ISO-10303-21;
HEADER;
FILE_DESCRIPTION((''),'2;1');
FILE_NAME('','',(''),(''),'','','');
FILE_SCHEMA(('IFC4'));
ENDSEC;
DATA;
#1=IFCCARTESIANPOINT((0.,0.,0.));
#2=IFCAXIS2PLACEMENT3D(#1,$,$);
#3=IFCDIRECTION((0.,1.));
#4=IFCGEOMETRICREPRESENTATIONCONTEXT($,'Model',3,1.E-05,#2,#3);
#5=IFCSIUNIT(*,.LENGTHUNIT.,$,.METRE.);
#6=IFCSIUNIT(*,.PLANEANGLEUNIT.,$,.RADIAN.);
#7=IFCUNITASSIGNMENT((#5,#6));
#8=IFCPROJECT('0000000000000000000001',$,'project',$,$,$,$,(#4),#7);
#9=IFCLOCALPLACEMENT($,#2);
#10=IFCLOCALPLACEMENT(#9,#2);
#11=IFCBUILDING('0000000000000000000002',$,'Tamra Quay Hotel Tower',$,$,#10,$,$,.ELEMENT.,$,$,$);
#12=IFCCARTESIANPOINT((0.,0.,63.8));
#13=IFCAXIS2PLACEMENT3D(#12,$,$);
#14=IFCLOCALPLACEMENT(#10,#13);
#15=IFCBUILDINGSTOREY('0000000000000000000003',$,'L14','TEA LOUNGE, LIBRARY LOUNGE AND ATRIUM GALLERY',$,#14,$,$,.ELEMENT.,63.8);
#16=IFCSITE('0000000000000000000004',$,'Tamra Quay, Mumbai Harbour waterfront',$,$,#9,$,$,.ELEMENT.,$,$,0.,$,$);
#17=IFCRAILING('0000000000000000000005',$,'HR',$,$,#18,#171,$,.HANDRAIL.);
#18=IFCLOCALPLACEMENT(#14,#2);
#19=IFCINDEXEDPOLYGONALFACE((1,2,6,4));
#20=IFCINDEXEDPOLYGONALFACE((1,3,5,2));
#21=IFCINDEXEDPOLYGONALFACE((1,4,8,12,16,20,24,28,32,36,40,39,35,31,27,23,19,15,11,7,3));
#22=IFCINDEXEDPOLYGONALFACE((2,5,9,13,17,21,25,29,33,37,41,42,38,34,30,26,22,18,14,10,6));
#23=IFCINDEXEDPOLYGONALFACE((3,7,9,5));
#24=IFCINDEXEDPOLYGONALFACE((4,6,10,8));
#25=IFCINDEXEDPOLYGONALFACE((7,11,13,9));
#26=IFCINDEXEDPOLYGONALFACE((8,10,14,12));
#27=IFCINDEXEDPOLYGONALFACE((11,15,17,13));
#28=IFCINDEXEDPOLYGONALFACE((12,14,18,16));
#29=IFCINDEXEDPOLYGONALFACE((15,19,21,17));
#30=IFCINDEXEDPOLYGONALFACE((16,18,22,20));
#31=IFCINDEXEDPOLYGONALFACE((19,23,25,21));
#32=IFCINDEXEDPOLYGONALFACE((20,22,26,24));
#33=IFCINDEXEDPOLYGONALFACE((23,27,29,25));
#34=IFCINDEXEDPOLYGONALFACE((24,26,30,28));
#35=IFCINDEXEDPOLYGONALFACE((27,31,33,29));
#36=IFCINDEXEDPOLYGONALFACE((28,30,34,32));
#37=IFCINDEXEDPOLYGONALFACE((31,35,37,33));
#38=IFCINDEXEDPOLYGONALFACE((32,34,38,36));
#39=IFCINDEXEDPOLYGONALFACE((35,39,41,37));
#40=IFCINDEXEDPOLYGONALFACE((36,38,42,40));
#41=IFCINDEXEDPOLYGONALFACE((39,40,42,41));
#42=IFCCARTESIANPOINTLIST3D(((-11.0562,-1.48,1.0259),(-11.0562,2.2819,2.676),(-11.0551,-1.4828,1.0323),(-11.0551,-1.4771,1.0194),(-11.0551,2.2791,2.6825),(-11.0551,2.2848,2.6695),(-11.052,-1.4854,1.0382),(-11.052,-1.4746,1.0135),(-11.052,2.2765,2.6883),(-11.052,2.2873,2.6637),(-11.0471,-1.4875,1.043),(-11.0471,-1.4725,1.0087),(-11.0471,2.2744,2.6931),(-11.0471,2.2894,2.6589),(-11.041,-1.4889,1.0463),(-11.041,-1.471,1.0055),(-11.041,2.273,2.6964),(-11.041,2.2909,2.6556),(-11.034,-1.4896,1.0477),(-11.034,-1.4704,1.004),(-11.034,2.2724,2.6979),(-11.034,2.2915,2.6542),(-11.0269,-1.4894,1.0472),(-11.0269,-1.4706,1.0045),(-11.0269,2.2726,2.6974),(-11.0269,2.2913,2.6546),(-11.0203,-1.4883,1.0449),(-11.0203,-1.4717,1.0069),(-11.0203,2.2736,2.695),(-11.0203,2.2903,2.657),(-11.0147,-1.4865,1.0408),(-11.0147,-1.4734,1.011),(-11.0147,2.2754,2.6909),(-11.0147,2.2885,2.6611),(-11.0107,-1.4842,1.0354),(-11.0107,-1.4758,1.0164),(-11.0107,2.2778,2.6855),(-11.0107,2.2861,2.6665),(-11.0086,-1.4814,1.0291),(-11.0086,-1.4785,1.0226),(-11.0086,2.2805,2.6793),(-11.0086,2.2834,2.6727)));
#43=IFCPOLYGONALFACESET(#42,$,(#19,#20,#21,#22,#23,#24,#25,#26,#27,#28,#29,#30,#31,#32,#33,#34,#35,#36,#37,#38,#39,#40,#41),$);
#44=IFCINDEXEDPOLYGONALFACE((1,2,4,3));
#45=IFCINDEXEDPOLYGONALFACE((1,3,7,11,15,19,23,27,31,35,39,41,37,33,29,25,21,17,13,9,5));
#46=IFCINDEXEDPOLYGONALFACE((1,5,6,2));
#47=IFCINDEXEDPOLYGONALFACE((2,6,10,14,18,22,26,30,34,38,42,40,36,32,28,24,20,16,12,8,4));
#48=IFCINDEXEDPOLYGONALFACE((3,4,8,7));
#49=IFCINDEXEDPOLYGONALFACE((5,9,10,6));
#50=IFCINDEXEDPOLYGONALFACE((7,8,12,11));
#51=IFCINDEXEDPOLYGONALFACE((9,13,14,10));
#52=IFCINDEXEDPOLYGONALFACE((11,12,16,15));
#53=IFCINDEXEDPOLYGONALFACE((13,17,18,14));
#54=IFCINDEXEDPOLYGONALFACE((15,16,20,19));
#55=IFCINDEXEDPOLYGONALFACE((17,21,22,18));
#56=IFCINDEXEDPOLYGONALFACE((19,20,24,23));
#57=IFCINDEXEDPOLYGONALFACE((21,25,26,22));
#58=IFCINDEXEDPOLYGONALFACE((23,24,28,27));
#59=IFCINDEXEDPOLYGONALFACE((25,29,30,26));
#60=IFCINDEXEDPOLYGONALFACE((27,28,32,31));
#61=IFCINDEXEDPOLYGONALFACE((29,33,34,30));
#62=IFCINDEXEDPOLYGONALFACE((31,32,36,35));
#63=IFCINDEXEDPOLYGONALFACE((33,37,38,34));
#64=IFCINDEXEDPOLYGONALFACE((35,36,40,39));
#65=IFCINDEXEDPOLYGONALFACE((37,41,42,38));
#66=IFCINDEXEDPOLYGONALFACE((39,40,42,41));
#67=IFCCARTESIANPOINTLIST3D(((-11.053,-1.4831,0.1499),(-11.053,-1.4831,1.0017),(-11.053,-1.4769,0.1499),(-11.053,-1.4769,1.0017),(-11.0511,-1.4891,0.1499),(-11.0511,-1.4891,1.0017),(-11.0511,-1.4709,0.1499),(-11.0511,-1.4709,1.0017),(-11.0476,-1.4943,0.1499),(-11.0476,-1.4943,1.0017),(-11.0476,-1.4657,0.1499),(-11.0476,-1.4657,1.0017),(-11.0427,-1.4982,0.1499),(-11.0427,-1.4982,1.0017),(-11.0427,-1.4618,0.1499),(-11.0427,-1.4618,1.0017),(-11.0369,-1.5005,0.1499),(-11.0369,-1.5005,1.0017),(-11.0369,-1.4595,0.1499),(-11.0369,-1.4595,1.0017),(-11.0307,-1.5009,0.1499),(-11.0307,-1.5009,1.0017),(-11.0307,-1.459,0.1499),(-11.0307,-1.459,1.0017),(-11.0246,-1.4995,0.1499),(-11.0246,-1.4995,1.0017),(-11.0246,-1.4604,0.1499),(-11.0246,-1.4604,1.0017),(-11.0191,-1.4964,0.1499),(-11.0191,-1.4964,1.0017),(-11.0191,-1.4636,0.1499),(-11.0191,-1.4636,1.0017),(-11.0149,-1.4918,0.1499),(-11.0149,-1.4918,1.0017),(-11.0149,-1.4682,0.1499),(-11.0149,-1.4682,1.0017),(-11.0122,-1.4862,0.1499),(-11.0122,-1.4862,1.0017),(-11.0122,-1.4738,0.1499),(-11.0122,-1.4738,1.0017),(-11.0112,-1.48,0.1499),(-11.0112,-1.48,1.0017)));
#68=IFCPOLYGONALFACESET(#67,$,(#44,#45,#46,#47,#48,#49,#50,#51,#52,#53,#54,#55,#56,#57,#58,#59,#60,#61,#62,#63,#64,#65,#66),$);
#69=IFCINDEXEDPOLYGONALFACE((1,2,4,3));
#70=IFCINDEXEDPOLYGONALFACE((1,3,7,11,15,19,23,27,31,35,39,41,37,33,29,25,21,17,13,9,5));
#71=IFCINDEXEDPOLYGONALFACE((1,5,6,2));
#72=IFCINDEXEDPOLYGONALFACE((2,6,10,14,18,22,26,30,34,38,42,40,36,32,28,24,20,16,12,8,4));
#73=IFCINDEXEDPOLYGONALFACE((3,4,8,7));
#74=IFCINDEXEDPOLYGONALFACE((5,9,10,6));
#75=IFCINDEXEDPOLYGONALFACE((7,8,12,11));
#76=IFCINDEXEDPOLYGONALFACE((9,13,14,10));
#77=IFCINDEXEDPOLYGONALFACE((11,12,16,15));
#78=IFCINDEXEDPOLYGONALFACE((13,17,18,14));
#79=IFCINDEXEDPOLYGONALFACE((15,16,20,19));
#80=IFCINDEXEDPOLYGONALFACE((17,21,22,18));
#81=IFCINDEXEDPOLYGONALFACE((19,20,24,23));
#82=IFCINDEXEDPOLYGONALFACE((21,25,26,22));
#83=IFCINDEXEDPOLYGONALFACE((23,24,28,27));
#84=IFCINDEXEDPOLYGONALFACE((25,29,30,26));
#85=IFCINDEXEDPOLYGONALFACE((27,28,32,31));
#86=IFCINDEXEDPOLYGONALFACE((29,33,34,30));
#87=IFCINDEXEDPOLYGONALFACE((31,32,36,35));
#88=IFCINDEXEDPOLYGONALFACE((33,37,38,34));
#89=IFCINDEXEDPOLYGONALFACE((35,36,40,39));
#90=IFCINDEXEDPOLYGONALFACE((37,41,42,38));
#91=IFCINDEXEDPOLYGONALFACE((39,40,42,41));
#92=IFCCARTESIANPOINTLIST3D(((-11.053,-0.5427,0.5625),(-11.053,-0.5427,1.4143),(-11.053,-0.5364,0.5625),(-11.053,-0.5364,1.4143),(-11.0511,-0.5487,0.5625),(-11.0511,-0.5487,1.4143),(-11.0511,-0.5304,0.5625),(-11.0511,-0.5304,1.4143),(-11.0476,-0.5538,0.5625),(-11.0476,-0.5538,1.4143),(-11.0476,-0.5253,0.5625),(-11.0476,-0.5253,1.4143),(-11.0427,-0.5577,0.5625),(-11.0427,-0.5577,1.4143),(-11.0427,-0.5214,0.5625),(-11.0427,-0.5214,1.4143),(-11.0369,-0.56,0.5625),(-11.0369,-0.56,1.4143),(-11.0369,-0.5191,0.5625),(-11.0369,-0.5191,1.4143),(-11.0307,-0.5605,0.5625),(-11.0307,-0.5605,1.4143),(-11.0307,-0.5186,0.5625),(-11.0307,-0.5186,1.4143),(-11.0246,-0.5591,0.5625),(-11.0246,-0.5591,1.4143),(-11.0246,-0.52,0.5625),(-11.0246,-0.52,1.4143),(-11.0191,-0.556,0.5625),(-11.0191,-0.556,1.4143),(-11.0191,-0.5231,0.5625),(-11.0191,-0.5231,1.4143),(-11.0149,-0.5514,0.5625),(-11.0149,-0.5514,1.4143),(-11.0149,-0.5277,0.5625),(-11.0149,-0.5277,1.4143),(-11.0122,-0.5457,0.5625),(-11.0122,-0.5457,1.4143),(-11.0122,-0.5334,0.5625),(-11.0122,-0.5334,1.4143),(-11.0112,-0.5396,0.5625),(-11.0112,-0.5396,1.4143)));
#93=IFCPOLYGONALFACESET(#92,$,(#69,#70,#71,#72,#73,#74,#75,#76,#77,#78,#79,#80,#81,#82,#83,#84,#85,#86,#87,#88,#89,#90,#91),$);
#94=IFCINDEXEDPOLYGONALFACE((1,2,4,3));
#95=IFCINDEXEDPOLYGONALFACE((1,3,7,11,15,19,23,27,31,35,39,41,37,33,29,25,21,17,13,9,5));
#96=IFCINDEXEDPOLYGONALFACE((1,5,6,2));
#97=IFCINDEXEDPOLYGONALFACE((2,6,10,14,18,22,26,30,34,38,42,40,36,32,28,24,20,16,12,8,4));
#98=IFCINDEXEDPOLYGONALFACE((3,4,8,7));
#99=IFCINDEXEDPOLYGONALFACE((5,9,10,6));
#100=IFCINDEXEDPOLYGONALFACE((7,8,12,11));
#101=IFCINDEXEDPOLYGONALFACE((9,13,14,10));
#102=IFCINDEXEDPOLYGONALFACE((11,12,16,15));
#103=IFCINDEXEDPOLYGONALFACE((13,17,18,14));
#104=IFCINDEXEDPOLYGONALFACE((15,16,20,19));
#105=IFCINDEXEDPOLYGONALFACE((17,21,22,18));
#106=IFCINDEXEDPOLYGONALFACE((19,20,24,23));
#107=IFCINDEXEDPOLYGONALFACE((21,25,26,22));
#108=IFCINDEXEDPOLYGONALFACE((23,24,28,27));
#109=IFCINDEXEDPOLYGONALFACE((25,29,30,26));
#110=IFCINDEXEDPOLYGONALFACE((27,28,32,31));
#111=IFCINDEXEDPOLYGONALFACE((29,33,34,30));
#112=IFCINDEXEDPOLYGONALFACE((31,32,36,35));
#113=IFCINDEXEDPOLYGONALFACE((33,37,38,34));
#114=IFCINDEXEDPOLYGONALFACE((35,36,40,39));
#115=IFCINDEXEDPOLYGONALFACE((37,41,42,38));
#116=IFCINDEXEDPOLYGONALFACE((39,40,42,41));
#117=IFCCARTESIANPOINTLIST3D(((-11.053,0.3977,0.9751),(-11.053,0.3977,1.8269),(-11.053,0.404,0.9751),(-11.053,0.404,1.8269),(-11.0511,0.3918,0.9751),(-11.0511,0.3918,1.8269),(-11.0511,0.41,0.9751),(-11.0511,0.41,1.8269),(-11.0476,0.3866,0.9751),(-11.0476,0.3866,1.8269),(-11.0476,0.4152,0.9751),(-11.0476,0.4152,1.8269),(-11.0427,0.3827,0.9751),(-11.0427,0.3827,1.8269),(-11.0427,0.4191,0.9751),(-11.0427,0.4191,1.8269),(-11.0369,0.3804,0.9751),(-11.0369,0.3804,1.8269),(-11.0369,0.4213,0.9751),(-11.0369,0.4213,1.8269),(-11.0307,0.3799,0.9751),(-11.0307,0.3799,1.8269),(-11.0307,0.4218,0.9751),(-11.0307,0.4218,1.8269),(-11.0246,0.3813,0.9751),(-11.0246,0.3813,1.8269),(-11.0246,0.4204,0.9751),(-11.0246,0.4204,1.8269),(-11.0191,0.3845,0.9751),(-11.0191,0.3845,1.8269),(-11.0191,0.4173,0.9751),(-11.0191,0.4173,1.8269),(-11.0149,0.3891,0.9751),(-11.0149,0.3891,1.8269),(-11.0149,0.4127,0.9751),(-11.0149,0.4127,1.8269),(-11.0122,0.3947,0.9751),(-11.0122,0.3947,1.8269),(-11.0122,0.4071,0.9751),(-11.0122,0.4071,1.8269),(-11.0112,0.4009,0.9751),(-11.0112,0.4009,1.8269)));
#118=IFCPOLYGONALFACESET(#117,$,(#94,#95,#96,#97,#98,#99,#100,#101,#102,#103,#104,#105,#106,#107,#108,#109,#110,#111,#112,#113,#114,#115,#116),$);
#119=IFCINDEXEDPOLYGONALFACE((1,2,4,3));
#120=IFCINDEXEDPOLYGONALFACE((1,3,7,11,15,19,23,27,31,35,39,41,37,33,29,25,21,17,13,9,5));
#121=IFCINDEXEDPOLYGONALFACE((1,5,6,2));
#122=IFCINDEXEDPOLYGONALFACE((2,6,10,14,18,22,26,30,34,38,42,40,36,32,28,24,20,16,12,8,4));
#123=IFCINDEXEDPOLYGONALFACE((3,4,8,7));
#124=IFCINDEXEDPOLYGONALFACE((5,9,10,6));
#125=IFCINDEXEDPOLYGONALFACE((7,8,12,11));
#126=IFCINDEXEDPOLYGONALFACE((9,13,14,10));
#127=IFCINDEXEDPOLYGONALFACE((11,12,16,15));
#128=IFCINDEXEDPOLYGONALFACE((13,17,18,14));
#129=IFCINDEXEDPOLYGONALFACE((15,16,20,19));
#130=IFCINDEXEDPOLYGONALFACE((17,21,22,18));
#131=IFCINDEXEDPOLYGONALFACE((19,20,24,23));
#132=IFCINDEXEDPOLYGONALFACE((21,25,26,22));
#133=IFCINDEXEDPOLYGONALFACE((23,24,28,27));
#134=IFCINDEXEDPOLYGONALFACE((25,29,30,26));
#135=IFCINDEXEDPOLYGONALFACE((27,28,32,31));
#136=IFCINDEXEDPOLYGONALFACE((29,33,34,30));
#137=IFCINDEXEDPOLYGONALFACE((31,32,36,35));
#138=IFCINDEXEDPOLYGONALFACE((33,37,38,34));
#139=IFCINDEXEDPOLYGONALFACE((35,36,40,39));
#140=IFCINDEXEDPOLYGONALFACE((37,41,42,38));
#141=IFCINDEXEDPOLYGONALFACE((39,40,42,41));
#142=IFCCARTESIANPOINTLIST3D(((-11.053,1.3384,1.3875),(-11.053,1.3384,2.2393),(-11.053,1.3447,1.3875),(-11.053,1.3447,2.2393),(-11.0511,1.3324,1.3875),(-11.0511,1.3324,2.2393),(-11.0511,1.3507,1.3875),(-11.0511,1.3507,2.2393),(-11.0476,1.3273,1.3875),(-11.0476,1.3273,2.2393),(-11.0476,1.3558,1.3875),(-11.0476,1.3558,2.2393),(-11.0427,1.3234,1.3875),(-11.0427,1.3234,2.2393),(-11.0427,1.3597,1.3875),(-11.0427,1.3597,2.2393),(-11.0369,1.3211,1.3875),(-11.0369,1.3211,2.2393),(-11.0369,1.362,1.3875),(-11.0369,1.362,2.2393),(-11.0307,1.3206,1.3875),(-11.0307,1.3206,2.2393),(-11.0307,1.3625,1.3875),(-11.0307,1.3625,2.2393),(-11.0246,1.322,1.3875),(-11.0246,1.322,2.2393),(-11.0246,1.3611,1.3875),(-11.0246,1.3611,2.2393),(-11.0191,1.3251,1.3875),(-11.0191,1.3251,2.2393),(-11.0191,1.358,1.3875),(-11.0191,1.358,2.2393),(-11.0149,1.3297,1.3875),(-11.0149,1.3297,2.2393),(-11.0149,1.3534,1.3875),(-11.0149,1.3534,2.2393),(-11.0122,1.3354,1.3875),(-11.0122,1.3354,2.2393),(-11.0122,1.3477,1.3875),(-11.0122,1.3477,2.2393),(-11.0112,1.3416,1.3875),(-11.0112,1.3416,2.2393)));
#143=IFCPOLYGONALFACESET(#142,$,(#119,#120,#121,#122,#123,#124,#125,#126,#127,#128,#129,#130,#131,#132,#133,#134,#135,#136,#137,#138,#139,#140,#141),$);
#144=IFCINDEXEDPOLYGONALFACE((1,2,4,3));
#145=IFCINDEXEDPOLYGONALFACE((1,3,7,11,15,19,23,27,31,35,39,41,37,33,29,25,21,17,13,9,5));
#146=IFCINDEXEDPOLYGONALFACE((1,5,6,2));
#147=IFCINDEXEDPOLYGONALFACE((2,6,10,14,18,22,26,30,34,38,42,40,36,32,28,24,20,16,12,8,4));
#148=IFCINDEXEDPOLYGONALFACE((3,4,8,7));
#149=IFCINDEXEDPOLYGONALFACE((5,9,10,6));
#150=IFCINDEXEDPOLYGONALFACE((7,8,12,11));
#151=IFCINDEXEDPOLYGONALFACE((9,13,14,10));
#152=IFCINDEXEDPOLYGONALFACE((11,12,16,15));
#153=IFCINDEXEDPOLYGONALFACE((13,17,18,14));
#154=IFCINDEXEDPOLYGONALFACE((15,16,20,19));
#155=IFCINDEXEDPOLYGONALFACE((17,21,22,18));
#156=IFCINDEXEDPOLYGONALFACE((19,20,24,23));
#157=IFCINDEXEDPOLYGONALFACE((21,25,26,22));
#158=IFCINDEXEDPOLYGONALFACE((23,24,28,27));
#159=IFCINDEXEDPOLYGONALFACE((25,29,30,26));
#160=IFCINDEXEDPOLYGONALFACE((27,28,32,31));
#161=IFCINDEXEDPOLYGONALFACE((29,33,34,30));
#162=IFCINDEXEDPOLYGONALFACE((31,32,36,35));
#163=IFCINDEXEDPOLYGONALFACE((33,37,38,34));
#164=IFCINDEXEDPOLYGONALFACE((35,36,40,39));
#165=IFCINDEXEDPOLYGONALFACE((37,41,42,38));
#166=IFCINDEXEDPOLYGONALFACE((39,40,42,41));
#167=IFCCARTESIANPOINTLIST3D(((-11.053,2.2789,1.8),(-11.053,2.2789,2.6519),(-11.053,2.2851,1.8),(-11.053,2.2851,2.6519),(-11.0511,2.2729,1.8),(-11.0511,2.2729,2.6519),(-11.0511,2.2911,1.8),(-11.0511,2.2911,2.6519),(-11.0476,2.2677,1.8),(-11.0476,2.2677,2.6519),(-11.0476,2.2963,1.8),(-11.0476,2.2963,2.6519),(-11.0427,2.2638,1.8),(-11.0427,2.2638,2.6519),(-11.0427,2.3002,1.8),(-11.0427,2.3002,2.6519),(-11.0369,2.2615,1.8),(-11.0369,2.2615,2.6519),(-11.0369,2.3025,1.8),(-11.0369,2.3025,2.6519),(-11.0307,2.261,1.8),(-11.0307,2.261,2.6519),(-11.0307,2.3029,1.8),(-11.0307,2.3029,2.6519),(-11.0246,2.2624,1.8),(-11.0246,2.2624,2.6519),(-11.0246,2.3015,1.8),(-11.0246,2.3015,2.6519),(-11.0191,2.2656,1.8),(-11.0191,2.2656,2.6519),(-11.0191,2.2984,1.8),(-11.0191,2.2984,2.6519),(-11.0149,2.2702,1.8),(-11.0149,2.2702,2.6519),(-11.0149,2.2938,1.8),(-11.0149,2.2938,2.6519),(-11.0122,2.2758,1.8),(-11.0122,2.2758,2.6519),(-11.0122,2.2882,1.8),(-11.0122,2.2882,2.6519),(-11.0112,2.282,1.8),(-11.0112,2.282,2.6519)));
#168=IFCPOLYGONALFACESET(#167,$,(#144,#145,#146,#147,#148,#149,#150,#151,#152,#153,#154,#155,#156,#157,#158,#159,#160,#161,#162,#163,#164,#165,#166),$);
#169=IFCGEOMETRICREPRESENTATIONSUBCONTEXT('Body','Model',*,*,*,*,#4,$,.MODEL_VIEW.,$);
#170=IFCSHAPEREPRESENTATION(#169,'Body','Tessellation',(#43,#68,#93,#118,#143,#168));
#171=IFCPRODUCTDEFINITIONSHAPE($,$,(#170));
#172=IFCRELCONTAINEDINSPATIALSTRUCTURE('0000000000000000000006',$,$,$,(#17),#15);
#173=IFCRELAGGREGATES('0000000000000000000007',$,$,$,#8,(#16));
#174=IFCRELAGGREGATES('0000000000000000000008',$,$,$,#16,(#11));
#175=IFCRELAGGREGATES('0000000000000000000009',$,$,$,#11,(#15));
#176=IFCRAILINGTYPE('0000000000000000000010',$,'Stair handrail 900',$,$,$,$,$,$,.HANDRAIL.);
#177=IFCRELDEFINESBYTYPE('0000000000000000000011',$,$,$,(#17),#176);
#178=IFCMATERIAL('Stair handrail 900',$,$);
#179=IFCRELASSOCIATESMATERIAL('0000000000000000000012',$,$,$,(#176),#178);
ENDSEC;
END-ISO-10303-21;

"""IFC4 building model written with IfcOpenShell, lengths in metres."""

from ifc_helpers import new_model, si_unit, direction, frame, origin, origin_2d, place, context, subcontext, project, spatial, circle, extrude, material, type_object, element, save


model = new_model("IFC4")

# Units and contexts
model_context = context("Model", 3, precision=1e-05, world=origin(), true_north=direction((0.0, 1.0)))
body_context = subcontext(model_context, "Body", "Model", "MODEL_VIEW")
ifc_project = project(units=[si_unit("LENGTHUNIT", "METRE"), si_unit("PLANEANGLEUNIT", "RADIAN")], contexts=[model_context])

# Site, building, storey
site_placement = place(None, origin())
site = spatial("IfcSite", under=ifc_project, at=site_placement, Name="Tamra Quay, Mumbai Harbour waterfront", CompositionType="ELEMENT", RefElevation=0.0)
building_placement = place(site_placement, origin())
building = spatial("IfcBuilding", under=site, at=building_placement, Name="Tamra Quay Hotel Tower", CompositionType="ELEMENT")
storey_placement = place(building_placement, frame((0.0, 0.0, 63.8)))
storey = spatial("IfcBuildingStorey", under=building, at=storey_placement, Name="L14", Description="TEA LOUNGE, LIBRARY LOUNGE AND ATRIUM GALLERY", CompositionType="ELEMENT", Elevation=63.8)

# Railing
ifc_material_1 = material(Name="Stair handrail 900")
railing_type = type_object("IfcRailingType", Name="Stair handrail 900", PredefinedType="HANDRAIL", material=ifc_material_1)
railing_placement = place(storey_placement, frame((-11.0322, -1.48, 0.1499)))
element("IfcRailing", 1, at=railing_placement, inside=storey, type_object=railing_type, Name="HR", PredefinedType="HANDRAIL", context=body_context, shape_type="SweptSolid", body=[
    extrude(circle(Radius=0.0239, at=origin_2d()), frame((0.0, 0.0, 0.876), z_axis=(0.0, 0.915774, 0.401695), x_axis=(-1.0, 0.0, 0.0)), (0.0, 0.0, 1.0), 4.1079),
    extrude(circle(Radius=0.021, at=origin_2d()), origin(), (0.0, 0.0, 1.0), 0.8518),
    extrude(circle(Radius=0.021, at=origin_2d()), frame((0.0, 0.9404, 0.4126)), (0.0, 0.0, 1.0), 0.8518),
    extrude(circle(Radius=0.021, at=origin_2d()), frame((0.0, 1.8809, 0.8252)), (0.0, 0.0, 1.0), 0.8518),
    extrude(circle(Radius=0.021, at=origin_2d()), frame((0.0, 2.8215, 1.2375)), (0.0, 0.0, 1.0), 0.8518),
    extrude(circle(Radius=0.021, at=origin_2d()), frame((0.0, 3.762, 1.6501)), (0.0, 0.0, 1.0), 0.8518),
])

save(model, "model.ifc")
